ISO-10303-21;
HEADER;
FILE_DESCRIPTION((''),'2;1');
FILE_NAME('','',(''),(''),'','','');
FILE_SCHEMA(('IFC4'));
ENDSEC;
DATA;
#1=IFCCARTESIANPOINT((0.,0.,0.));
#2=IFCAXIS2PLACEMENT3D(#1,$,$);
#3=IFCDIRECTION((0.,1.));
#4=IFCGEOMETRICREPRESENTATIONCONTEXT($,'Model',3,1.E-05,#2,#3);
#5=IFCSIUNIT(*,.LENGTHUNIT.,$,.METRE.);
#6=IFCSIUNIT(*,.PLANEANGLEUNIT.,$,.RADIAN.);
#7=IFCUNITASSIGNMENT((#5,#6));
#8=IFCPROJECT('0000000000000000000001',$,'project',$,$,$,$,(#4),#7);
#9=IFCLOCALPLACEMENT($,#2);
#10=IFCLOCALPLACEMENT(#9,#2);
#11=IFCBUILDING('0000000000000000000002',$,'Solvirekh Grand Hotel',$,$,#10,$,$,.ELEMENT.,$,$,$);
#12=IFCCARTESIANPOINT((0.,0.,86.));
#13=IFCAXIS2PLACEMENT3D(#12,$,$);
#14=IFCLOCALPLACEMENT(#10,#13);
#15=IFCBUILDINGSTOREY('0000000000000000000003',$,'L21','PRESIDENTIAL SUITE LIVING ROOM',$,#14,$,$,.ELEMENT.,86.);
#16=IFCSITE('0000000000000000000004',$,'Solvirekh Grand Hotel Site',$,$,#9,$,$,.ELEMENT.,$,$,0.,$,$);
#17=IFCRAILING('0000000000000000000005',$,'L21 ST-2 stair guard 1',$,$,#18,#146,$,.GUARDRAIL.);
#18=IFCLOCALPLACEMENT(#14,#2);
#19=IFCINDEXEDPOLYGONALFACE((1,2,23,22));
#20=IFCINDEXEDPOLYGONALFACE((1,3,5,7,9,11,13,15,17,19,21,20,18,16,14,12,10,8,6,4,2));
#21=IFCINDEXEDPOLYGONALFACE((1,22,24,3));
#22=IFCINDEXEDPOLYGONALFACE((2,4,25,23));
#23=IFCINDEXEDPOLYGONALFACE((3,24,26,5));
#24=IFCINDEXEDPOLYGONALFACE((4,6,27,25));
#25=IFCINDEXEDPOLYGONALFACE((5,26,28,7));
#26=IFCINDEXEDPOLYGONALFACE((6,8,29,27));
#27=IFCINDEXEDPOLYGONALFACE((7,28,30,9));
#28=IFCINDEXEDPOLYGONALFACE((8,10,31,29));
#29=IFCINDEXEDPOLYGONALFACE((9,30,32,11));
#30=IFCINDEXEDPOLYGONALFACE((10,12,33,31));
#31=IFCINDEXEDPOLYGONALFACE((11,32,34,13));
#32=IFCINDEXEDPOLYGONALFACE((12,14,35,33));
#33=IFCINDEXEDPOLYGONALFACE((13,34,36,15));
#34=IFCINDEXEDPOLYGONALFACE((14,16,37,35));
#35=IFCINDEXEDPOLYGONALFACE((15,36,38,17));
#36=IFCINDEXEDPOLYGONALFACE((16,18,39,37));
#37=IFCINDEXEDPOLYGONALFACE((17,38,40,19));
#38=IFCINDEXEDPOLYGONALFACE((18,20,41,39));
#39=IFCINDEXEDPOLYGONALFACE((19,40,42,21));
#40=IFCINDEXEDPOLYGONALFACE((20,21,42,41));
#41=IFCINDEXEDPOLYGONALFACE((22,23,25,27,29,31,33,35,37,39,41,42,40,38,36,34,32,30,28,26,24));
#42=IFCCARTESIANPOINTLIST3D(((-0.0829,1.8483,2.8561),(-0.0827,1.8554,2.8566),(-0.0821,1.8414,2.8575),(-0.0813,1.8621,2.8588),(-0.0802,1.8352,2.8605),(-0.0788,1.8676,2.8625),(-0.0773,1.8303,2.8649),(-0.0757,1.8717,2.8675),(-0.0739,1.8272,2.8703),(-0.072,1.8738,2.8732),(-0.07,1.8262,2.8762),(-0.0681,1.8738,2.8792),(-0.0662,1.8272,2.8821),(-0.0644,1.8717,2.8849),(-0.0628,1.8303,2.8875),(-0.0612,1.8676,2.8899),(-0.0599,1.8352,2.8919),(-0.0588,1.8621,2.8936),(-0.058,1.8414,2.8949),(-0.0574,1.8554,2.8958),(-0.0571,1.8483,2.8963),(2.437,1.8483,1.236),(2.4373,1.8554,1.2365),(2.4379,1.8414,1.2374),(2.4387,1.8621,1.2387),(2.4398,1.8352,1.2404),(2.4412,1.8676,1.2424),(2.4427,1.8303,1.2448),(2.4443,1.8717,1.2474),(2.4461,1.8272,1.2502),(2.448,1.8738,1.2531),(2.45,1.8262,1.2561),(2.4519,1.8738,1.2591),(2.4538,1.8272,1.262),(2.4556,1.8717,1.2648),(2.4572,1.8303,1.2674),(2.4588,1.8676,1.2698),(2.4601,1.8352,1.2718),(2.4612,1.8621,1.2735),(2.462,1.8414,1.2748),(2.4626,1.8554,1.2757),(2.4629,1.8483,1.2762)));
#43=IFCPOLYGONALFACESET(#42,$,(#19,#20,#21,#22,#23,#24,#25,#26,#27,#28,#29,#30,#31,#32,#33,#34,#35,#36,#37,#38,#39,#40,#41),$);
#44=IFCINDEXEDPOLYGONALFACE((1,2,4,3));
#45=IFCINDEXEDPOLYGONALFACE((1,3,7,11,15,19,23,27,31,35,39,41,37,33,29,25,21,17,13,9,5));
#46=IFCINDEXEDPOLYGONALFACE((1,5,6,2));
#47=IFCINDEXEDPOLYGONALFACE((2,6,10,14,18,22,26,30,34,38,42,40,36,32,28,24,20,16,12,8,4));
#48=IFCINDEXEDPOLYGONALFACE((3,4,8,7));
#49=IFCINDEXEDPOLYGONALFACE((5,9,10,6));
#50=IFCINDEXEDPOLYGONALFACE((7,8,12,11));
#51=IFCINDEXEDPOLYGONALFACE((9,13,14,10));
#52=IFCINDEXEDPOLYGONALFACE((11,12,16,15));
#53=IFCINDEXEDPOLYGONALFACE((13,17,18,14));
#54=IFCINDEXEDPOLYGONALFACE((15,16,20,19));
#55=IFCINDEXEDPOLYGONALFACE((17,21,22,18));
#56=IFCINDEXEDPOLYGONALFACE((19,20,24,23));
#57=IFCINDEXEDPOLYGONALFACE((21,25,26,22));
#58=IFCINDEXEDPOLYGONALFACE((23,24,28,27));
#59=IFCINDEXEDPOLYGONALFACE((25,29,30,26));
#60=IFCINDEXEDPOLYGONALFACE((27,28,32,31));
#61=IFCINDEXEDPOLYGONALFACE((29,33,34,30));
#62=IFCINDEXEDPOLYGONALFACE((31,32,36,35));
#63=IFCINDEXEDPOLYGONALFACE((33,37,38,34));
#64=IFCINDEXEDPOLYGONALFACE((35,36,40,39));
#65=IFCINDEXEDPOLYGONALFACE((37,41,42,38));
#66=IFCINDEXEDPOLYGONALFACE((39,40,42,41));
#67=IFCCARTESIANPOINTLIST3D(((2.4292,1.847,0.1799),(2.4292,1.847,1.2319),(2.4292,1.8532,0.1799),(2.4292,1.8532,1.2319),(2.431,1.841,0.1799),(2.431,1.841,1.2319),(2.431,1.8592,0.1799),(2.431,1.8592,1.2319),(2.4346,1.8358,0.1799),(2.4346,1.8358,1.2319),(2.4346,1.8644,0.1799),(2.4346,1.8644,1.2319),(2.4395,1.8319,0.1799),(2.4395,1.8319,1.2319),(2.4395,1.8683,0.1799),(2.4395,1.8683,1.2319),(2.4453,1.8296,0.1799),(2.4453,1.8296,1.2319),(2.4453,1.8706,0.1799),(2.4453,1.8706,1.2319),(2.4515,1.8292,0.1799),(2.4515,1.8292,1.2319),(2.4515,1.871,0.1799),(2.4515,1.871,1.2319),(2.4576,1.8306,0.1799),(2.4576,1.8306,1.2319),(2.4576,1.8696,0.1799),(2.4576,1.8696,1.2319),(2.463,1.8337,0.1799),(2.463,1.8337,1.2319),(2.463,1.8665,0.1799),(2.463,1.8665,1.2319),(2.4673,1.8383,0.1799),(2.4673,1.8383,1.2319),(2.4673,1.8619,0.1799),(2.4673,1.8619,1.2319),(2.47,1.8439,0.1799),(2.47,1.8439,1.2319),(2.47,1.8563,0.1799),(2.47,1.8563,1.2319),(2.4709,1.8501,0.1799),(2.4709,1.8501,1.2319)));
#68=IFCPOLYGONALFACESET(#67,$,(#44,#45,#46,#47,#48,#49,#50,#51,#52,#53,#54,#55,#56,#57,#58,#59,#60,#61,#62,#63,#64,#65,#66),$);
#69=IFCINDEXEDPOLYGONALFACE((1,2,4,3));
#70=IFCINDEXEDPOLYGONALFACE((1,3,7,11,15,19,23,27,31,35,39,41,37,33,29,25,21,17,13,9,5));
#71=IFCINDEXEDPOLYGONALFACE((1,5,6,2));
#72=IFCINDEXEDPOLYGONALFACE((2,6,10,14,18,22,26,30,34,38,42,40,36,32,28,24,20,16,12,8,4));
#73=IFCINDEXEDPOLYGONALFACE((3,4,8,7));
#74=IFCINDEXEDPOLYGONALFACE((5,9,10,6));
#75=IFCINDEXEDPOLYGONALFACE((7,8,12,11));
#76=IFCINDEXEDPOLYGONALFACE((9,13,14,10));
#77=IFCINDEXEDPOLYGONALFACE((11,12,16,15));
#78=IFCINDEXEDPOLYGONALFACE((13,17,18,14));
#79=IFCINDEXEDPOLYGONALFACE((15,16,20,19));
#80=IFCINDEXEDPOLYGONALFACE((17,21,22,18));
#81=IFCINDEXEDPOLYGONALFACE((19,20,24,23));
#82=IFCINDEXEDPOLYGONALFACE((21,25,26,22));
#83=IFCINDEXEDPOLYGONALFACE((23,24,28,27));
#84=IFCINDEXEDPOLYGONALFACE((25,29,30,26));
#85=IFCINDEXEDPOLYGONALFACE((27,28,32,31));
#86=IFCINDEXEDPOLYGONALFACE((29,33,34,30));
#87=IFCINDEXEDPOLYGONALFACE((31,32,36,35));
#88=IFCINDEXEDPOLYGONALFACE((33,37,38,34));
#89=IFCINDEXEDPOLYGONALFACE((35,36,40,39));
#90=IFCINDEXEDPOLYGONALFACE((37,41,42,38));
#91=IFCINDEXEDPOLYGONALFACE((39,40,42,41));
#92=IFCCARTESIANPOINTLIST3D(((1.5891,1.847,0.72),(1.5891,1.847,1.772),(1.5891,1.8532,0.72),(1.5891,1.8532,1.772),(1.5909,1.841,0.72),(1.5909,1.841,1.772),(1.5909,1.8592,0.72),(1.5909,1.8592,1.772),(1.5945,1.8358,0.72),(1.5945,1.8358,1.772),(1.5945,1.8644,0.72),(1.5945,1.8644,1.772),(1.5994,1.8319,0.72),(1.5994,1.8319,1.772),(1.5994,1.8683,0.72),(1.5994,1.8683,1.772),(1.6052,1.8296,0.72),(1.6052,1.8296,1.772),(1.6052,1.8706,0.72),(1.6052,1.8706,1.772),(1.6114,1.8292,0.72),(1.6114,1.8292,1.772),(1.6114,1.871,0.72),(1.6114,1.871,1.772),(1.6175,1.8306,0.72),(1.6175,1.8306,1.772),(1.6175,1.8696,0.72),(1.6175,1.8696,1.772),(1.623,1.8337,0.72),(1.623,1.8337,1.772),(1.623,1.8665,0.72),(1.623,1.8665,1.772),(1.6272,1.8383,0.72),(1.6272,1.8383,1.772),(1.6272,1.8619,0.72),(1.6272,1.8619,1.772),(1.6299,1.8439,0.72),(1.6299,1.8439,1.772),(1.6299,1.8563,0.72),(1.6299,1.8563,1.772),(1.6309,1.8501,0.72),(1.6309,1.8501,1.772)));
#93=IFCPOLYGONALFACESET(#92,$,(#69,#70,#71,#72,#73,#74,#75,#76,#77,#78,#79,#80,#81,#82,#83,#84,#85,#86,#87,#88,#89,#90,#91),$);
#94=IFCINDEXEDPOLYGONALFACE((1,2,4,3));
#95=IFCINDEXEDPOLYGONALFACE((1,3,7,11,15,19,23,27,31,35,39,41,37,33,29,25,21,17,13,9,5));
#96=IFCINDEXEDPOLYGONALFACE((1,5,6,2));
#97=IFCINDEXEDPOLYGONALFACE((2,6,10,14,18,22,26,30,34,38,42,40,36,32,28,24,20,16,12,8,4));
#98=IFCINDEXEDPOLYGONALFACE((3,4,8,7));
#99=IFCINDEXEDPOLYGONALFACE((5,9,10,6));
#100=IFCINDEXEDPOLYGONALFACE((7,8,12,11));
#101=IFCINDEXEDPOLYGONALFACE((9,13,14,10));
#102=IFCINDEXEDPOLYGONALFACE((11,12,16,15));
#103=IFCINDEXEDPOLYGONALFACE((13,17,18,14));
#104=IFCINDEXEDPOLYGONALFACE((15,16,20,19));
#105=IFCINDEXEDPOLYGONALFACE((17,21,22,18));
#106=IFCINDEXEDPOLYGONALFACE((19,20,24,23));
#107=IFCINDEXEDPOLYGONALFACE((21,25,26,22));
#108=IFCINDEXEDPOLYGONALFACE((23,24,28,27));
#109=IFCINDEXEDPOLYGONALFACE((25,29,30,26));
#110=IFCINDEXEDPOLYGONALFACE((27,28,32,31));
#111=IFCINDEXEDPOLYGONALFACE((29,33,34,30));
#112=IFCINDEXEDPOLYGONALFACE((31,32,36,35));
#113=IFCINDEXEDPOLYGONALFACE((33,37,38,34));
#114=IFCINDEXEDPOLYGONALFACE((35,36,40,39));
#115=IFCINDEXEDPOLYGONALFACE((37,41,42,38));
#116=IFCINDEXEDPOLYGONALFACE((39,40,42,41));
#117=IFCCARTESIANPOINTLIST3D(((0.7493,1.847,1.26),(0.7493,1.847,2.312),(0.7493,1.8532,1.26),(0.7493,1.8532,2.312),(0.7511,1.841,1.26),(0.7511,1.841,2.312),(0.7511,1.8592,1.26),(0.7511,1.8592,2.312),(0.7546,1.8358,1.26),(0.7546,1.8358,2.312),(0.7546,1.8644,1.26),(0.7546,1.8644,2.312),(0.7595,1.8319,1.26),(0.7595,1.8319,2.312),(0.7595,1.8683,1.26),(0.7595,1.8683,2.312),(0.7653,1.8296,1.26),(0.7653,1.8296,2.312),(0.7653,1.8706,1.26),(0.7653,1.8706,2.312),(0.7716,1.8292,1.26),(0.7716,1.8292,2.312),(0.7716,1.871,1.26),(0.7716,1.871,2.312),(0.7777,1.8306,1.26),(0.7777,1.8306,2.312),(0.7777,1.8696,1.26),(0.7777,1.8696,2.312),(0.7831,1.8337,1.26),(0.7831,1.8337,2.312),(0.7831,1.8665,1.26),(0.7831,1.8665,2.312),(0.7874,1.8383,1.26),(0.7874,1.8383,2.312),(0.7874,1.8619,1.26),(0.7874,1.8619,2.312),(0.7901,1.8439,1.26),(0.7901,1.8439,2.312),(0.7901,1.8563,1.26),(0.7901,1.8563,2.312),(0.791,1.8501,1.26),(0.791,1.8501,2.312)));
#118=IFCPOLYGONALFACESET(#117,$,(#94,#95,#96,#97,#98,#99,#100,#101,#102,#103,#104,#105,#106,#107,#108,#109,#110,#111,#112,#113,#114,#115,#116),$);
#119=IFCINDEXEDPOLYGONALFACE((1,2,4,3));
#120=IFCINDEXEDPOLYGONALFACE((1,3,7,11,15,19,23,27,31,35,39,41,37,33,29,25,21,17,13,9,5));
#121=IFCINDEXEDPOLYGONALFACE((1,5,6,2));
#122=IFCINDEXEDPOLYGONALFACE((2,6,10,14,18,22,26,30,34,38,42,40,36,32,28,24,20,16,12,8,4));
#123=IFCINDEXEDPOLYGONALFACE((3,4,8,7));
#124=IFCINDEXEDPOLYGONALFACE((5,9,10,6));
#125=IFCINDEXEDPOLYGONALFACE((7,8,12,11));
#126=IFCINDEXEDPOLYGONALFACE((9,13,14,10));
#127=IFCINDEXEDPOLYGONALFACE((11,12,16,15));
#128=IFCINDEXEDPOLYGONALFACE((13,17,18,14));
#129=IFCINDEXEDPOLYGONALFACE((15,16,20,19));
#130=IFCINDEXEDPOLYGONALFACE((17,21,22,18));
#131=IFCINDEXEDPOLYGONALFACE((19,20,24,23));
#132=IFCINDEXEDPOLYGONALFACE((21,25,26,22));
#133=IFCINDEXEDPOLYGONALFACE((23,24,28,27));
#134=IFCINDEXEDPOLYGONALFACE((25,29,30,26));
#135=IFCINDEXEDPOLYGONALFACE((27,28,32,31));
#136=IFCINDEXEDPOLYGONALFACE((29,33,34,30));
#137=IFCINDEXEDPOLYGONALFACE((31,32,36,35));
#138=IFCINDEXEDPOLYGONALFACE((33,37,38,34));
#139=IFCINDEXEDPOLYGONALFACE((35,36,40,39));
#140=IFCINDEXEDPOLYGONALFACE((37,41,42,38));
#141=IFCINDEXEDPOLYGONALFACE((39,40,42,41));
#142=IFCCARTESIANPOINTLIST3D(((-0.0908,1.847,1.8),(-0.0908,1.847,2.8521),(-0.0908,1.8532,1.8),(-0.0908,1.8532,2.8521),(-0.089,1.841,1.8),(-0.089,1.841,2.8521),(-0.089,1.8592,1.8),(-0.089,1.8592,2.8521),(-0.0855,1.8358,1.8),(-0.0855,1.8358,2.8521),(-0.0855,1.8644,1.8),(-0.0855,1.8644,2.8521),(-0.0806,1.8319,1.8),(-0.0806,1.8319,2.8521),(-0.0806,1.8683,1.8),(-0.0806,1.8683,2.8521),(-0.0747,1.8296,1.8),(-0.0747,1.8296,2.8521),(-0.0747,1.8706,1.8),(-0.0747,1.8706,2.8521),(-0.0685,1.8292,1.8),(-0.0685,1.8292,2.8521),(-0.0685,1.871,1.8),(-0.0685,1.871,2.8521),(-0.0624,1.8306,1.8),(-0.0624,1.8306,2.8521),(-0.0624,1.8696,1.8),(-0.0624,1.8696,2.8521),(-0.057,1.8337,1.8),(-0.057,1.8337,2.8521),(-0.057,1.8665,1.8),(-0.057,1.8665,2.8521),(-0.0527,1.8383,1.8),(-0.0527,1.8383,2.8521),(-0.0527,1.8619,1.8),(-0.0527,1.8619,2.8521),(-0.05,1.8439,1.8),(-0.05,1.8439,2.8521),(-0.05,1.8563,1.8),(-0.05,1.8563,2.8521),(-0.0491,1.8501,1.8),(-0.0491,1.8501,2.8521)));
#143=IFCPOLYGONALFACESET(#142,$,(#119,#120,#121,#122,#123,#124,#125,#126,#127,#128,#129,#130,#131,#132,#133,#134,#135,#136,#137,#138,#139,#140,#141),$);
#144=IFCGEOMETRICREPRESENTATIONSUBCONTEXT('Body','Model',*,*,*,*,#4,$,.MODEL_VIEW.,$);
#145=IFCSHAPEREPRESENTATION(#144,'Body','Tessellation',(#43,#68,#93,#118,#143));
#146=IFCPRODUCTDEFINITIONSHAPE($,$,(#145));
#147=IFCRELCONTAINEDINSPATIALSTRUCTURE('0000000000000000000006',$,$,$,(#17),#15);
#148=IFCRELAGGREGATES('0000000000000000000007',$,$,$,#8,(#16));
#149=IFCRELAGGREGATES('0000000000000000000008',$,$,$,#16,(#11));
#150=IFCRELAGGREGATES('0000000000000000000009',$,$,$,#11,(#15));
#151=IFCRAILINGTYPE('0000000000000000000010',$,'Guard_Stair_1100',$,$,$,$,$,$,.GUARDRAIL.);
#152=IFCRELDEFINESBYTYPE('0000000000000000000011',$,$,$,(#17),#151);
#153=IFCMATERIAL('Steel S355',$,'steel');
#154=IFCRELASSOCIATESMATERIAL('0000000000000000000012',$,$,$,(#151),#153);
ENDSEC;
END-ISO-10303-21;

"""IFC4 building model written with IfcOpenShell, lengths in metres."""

from ifc_helpers import new_model, si_unit, direction, frame, origin, origin_2d, place, context, subcontext, project, spatial, circle, extrude, material, type_object, element, save


model = new_model("IFC4")

# Units and contexts
model_context = context("Model", 3, precision=1e-05, world=origin(), true_north=direction((0.0, 1.0)))
body_context = subcontext(model_context, "Body", "Model", "MODEL_VIEW")
ifc_project = project(units=[si_unit("LENGTHUNIT", "METRE"), si_unit("PLANEANGLEUNIT", "RADIAN")], contexts=[model_context])

# Site, building, storey
site_placement = place(None, origin())
site = spatial("IfcSite", under=ifc_project, at=site_placement, Name="Solvirekh Grand Hotel Site", CompositionType="ELEMENT", RefElevation=0.0)
building_placement = place(site_placement, origin())
building = spatial("IfcBuilding", under=site, at=building_placement, Name="Solvirekh Grand Hotel", CompositionType="ELEMENT")
storey_placement = place(building_placement, frame((0.0, 0.0, 86.0)))
storey = spatial("IfcBuildingStorey", under=building, at=storey_placement, Name="L21", Description="PRESIDENTIAL SUITE LIVING ROOM", CompositionType="ELEMENT", Elevation=86.0)

# Shared definitions
ifc_material_1 = material(Name="Steel S355", Category="steel")

# Railing
railing_type_1 = type_object("IfcRailingType", Name="Guard_Stair_1100", PredefinedType="GUARDRAIL", material=ifc_material_1)
railing_1_placement = place(storey_placement, frame((2.45, 1.8501, 0.1799)))
element("IfcRailing", 1, at=railing_1_placement, inside=storey, type_object=railing_type_1, Name="L21 ST-2 stair guard 1", PredefinedType="GUARDRAIL", context=body_context, shape_type="SweptSolid", body=[
    extrude(circle(Radius=0.0239, at=origin_2d()), frame((0.0, 0.0, 1.0762), z_axis=(-0.841163, 0.0, 0.540782), x_axis=(0.0, -1.0, 0.0)), (0.0, 0.0, 1.0), 2.9958),
    extrude(circle(Radius=0.021, at=origin_2d()), origin(), (0.0, 0.0, 1.0), 1.052),
    extrude(circle(Radius=0.021, at=origin_2d()), frame((-0.8401, 0.0, 0.54)), (0.0, 0.0, 1.0), 1.052),
    extrude(circle(Radius=0.021, at=origin_2d()), frame((-1.6799, 0.0, 1.0801)), (0.0, 0.0, 1.0), 1.052),
    extrude(circle(Radius=0.021, at=origin_2d()), frame((-2.52, 0.0, 1.6201)), (0.0, 0.0, 1.0), 1.052),
])

save(model, "model.ifc")
